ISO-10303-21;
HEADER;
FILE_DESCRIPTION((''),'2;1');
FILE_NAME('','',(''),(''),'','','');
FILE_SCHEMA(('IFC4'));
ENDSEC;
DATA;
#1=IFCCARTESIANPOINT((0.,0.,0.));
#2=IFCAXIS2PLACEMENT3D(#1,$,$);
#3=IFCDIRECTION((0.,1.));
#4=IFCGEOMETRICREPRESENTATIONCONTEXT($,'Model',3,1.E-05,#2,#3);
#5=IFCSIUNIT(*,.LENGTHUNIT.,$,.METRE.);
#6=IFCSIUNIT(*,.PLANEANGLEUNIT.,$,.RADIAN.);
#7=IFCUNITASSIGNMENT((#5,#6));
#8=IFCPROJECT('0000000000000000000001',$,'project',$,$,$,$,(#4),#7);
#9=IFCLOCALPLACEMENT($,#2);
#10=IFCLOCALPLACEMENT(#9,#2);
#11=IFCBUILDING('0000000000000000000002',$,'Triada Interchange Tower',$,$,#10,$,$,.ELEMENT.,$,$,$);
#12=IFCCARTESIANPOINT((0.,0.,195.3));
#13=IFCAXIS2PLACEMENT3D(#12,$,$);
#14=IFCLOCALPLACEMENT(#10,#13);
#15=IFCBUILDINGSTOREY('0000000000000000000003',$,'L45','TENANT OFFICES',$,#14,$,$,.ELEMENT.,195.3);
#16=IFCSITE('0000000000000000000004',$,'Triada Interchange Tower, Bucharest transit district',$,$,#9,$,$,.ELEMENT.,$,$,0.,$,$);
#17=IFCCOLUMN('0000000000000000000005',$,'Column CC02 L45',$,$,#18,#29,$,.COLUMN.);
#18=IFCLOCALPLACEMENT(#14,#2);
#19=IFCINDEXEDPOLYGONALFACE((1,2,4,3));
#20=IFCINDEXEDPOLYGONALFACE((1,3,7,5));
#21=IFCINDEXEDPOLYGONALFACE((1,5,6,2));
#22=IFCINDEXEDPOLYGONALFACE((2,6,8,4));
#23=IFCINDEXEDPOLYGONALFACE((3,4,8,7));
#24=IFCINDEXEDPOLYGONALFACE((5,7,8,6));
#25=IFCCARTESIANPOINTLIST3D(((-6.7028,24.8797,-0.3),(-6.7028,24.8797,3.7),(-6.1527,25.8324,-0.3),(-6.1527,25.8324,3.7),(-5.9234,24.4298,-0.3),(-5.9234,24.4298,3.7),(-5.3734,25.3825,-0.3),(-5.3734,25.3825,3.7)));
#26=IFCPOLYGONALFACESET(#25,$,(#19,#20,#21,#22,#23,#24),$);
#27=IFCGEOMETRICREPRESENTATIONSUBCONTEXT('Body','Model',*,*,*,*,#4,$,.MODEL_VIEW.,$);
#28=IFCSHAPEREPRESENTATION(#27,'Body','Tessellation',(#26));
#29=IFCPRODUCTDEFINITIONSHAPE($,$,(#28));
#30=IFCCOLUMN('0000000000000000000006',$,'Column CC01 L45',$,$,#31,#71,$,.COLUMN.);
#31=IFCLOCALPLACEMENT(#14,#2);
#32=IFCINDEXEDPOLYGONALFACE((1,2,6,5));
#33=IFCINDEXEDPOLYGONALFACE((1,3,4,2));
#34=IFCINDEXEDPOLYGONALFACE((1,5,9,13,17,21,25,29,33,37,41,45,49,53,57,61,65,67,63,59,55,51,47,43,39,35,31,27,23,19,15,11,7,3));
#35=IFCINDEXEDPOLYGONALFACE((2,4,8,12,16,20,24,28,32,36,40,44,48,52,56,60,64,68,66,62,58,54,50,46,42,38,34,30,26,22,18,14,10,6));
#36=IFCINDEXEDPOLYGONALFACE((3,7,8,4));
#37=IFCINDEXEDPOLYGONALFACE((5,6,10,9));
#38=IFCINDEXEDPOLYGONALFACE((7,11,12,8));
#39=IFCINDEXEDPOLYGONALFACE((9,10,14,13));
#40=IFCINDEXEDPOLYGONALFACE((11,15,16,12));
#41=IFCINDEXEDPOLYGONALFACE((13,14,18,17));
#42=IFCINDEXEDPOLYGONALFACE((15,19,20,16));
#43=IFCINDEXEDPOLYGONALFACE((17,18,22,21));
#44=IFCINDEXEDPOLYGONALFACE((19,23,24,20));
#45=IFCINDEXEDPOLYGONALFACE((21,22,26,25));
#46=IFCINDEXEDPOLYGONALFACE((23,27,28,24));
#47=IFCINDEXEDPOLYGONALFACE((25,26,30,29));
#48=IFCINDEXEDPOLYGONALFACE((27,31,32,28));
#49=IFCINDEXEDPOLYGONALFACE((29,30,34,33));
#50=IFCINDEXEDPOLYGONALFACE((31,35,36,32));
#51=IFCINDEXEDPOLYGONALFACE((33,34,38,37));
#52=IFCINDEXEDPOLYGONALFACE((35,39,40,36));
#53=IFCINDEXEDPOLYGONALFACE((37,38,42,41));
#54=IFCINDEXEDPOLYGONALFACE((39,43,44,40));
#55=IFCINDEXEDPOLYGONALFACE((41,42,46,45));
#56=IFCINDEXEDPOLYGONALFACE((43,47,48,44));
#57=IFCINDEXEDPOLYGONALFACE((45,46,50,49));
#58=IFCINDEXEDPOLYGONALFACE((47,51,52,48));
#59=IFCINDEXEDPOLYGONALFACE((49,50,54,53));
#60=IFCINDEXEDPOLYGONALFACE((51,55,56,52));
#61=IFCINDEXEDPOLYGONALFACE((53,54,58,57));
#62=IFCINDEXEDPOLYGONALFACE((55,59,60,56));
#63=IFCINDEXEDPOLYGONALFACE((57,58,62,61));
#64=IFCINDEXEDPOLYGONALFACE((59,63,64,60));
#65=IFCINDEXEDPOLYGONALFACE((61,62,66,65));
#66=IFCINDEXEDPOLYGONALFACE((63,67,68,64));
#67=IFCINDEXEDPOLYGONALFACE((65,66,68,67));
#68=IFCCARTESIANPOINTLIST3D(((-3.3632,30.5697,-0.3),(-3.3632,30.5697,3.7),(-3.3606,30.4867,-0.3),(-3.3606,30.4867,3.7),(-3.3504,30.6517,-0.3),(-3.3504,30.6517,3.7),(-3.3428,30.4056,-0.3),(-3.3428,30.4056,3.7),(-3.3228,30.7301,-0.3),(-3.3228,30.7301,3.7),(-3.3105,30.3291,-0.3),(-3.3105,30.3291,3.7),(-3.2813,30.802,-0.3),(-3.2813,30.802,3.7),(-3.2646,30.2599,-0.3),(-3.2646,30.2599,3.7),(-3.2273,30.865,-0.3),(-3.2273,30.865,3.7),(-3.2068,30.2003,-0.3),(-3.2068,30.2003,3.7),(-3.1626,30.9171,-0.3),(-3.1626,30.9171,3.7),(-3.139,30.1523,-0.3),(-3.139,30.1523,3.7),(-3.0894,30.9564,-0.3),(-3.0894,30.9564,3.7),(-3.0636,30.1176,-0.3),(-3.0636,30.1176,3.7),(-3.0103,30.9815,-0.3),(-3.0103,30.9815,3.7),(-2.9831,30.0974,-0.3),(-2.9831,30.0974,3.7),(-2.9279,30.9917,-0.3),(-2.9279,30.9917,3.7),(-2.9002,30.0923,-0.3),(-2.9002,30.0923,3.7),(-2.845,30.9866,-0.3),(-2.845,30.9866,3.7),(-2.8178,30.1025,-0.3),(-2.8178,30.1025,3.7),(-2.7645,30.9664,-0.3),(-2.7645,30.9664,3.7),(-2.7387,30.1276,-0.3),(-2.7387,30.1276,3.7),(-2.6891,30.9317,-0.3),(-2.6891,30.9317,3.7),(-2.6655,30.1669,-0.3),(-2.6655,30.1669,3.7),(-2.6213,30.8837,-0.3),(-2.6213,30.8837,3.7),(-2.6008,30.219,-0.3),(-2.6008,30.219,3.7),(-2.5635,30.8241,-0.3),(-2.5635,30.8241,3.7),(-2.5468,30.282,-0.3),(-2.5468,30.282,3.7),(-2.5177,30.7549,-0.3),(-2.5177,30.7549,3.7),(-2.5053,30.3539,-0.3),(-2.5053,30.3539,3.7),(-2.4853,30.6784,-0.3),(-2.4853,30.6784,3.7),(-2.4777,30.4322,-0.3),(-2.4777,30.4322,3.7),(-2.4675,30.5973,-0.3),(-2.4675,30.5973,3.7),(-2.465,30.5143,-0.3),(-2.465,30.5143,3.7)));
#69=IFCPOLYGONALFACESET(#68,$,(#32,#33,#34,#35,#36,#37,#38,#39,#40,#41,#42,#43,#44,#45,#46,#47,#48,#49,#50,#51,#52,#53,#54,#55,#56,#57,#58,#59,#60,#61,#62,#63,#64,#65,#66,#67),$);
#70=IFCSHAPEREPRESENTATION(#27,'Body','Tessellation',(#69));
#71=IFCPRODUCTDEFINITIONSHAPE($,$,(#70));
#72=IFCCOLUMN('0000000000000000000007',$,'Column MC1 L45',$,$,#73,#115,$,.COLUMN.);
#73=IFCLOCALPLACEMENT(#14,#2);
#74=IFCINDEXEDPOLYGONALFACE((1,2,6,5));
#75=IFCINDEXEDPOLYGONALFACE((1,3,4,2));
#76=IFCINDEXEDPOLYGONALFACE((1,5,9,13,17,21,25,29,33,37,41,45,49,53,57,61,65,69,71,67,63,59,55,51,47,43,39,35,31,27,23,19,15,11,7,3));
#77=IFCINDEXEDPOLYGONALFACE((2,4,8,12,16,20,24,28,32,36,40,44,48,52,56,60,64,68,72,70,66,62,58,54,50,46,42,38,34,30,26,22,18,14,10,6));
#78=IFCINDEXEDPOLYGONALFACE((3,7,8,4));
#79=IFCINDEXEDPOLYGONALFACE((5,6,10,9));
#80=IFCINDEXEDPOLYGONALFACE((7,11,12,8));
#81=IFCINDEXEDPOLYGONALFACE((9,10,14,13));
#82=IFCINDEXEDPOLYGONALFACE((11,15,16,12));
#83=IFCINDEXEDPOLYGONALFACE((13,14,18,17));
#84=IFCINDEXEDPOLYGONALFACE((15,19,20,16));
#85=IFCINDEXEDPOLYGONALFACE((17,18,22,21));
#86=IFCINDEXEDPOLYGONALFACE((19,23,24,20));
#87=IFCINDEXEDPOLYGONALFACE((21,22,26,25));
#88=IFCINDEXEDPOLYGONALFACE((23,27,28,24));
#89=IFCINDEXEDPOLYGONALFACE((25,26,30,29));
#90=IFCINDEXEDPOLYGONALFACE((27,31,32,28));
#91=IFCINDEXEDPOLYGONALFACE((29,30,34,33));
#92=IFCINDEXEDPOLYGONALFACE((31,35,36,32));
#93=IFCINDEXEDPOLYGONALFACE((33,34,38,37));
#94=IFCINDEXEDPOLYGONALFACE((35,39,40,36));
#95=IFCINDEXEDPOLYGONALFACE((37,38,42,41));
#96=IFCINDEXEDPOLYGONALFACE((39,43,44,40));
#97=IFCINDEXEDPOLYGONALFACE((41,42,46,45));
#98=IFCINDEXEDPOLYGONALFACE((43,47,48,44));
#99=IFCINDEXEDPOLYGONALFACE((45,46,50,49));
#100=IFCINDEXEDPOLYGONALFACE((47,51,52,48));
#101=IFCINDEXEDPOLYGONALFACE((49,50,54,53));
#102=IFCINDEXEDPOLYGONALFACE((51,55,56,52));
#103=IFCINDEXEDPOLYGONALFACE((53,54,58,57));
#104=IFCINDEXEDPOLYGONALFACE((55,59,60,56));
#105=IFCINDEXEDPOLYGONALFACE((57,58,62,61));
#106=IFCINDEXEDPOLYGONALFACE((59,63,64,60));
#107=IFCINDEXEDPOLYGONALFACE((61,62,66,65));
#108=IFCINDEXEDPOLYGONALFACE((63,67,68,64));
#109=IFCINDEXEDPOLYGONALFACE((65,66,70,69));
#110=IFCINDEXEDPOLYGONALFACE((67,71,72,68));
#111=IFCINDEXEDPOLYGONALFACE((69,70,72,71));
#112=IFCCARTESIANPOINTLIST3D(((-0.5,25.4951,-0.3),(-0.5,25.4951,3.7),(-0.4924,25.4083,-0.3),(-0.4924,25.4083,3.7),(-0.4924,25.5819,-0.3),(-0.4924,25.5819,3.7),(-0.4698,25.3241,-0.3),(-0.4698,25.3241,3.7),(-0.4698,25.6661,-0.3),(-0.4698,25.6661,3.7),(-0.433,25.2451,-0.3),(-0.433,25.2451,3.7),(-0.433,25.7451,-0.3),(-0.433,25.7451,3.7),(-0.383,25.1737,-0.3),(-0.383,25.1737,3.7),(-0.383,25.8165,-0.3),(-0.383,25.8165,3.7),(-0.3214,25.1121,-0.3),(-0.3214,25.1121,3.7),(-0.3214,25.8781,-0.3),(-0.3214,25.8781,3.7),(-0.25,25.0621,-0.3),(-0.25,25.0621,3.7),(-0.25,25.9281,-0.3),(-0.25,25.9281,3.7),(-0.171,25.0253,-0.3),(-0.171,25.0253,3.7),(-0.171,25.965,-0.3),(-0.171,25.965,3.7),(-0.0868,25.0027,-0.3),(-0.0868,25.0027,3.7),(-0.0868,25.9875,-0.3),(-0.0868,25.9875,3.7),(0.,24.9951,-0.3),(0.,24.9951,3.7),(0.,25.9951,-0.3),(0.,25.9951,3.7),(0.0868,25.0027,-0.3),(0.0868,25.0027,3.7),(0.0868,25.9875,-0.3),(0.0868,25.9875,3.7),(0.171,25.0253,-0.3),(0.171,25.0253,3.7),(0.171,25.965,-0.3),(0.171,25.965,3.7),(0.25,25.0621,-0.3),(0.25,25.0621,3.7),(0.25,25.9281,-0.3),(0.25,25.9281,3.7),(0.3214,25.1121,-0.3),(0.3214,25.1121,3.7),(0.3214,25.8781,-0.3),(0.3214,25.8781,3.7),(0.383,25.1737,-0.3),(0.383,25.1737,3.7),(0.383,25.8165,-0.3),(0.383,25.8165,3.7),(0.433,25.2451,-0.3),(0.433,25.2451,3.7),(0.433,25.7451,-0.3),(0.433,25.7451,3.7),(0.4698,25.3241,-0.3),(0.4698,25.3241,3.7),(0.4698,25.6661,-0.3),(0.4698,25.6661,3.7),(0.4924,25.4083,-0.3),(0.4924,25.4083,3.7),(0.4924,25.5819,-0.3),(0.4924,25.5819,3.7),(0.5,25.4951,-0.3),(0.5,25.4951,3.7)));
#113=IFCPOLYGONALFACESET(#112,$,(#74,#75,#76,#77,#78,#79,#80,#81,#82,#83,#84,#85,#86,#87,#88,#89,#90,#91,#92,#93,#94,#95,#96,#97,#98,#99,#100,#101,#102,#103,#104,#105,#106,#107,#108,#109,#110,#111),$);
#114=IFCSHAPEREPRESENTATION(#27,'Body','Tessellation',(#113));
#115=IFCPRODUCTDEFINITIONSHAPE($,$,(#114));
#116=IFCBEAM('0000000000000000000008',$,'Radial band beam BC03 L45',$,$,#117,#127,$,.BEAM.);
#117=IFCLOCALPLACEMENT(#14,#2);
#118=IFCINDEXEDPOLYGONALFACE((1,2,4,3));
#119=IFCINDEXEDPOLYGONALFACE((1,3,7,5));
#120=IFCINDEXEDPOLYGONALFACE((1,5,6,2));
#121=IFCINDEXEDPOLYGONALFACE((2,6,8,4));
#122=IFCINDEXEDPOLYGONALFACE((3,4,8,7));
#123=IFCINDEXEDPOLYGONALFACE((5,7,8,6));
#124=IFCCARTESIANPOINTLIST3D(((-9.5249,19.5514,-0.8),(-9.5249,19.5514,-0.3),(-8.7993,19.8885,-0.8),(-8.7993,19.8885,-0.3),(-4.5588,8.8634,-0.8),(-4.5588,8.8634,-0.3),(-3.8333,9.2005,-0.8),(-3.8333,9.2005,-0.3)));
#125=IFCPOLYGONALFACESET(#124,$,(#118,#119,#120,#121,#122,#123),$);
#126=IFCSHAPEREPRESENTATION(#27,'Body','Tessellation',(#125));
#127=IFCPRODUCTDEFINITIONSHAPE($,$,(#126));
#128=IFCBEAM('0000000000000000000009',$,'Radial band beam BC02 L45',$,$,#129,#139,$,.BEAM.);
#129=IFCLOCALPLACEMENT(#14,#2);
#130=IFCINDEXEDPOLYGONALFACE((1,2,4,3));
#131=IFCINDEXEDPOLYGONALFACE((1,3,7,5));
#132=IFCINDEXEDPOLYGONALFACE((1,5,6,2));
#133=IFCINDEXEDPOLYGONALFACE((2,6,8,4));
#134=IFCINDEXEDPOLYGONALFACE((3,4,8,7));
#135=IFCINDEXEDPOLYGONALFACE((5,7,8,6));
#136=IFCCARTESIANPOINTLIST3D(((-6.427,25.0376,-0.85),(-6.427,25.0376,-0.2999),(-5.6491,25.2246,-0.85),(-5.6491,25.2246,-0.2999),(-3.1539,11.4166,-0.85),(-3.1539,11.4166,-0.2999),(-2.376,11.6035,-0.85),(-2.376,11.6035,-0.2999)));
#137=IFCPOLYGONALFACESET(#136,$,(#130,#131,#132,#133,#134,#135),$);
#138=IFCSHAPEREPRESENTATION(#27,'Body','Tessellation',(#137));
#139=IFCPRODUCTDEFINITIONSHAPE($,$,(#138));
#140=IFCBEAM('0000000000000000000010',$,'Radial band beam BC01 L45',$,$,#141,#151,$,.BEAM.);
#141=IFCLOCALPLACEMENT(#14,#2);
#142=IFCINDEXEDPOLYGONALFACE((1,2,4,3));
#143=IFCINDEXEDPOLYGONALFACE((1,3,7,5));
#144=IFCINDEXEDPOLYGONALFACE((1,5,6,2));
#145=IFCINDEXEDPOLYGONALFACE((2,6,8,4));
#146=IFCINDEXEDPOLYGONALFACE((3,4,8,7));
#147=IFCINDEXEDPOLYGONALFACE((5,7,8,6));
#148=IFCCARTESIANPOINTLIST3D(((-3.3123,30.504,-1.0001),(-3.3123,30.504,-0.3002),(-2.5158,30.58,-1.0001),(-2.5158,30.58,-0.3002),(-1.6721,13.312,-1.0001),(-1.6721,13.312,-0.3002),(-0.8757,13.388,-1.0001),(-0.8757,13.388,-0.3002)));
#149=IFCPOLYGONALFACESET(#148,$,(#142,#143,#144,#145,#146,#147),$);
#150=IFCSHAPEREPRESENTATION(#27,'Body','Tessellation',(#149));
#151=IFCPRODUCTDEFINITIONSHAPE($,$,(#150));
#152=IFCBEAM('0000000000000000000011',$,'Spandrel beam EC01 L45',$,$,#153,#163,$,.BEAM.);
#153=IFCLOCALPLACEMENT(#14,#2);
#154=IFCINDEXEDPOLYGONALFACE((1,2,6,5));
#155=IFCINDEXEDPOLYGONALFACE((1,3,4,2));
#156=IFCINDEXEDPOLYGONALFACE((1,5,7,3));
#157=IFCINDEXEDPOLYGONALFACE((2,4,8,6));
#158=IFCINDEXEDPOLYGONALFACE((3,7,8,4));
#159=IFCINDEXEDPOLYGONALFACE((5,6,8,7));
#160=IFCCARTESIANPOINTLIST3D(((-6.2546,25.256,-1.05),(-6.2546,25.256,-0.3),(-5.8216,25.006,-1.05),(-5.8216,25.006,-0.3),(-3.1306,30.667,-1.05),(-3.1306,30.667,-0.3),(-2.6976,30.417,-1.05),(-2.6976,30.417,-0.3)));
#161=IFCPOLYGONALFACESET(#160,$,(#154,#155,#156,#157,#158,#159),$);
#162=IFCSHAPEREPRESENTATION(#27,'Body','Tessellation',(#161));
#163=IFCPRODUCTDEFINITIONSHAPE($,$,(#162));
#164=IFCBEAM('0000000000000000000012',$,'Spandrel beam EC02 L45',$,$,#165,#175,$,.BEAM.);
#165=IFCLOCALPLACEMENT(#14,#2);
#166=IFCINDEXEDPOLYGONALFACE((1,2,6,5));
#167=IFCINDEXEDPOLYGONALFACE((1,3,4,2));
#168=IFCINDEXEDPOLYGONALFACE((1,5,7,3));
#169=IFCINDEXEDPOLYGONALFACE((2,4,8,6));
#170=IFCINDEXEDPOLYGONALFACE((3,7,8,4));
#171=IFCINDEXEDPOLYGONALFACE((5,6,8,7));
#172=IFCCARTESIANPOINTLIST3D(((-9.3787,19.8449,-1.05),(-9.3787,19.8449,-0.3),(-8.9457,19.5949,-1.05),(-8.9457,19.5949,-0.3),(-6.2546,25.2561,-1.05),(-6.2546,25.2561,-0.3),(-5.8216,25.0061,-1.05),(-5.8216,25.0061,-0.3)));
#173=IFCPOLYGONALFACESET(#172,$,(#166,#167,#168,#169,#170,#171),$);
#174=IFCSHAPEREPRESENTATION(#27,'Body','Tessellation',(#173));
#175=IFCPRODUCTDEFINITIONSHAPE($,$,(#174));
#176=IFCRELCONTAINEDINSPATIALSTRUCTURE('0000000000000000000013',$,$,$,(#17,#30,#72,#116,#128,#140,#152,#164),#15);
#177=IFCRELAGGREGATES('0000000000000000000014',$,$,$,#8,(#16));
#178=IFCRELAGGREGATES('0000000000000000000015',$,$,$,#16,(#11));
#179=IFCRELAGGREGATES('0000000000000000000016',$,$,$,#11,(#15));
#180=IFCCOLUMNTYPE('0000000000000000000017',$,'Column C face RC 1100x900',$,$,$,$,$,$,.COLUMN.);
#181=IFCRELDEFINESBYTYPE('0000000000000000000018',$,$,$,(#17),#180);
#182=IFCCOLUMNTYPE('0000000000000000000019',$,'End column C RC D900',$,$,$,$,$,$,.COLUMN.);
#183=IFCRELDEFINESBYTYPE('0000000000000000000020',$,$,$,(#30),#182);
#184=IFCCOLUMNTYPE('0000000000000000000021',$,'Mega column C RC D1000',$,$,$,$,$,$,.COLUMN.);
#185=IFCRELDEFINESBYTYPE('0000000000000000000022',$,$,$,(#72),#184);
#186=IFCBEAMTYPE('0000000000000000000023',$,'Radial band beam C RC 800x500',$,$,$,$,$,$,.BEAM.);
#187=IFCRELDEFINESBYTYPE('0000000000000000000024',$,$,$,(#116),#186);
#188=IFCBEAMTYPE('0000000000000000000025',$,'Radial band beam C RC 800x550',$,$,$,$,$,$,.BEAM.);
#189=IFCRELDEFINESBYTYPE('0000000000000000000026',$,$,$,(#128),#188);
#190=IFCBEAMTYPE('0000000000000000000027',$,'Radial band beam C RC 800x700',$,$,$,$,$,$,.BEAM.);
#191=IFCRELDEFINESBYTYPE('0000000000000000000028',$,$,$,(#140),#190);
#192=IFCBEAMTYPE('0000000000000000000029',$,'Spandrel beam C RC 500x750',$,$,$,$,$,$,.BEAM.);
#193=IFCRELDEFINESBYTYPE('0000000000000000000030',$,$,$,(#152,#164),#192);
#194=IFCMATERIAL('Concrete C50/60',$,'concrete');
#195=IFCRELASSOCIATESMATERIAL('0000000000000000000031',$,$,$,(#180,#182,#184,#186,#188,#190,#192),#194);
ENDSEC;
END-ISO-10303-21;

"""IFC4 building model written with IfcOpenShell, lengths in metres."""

from ifc_helpers import new_model, si_unit, direction, frame, origin, origin_2d, place, context, subcontext, project, spatial, rectangle, circle, extrude, material, material_profile, profile_set, type_object, element, save


model = new_model("IFC4")

# Units and contexts
model_context = context("Model", 3, precision=1e-05, world=origin(), true_north=direction((0.0, 1.0)))
body_context = subcontext(model_context, "Body", "Model", "MODEL_VIEW")
ifc_project = project(units=[si_unit("LENGTHUNIT", "METRE"), si_unit("PLANEANGLEUNIT", "RADIAN")], contexts=[model_context])

# Site, building, storey
site_placement = place(None, origin())
site = spatial("IfcSite", under=ifc_project, at=site_placement, Name="Triada Interchange Tower, Bucharest transit district", CompositionType="ELEMENT", RefElevation=0.0)
building_placement = place(site_placement, origin())
building = spatial("IfcBuilding", under=site, at=building_placement, Name="Triada Interchange Tower", CompositionType="ELEMENT")
storey_placement = place(building_placement, frame((0.0, 0.0, 195.3)))
storey = spatial("IfcBuildingStorey", under=building, at=storey_placement, Name="L45", Description="TENANT OFFICES", CompositionType="ELEMENT", Elevation=195.3)

# Columns
ifc_material_1 = material(Name="Concrete C50/60", Category="concrete")
ifc_material_profile_1 = material_profile(ifc_material_1, rectangle(XDim=1.1001, YDim=0.8999, at=origin_2d()), Name="RC 1100x900")
ifc_profile_set_1 = profile_set([ifc_material_profile_1], Name="Concrete C50/60")
column_type_1 = type_object("IfcColumnType", Name="Column C face RC 1100x900", PredefinedType="COLUMN", material=ifc_profile_set_1)
column_1_placement = place(storey_placement, frame((-6.0381, 25.1311, -0.3), z_axis=(0.0, 0.0, 1.0), x_axis=(0.5, 0.866025, 0.0)))
element("IfcColumn", 1, at=column_1_placement, inside=storey, type_object=column_type_1, Name="Column CC02 L45", PredefinedType="COLUMN", context=body_context, shape_type="SweptSolid", body=[
    extrude(rectangle(XDim=1.1001, YDim=0.8999, at=origin_2d()), origin(), (0.0, 0.0, 1.0), 4.0),
])
ifc_material_profile_2 = material_profile(ifc_material_1, circle(Radius=0.45, at=origin_2d()), Name="RC D900")
ifc_profile_set_2 = profile_set([ifc_material_profile_2], Name="Concrete C50/60")
column_type_2 = type_object("IfcColumnType", Name="End column C RC D900", PredefinedType="COLUMN", material=ifc_profile_set_2)
column_2_placement = place(storey_placement, frame((-2.9141, 30.542, -0.3), z_axis=(0.0, 0.0, 1.0), x_axis=(0.5, 0.866025, 0.0)))
element("IfcColumn", 2, at=column_2_placement, inside=storey, type_object=column_type_2, Name="Column CC01 L45", PredefinedType="COLUMN", context=body_context, shape_type="SweptSolid", body=[
    extrude(circle(Radius=0.45, at=origin_2d()), origin(), (0.0, 0.0, 1.0), 4.0),
])
ifc_material_profile_3 = material_profile(ifc_material_1, circle(Radius=0.5, at=origin_2d()), Name="RC D1000")
ifc_profile_set_3 = profile_set([ifc_material_profile_3], Name="Concrete C50/60")
column_type_3 = type_object("IfcColumnType", Name="Mega column C RC D1000", PredefinedType="COLUMN", material=ifc_profile_set_3)
column_3_placement = place(storey_placement, frame((0.0, 25.4951, -0.3), z_axis=(0.0, 0.0, 1.0), x_axis=(1.0, 0.0, 0.0)))
element("IfcColumn", 3, at=column_3_placement, inside=storey, type_object=column_type_3, Name="Column MC1 L45", PredefinedType="COLUMN", context=body_context, shape_type="SweptSolid", body=[
    extrude(circle(Radius=0.5, at=origin_2d()), origin(), (0.0, 0.0, 1.0), 4.0),
])

# Beams
ifc_material_profile_4 = material_profile(ifc_material_1, rectangle(XDim=0.8, YDim=0.5, at=origin_2d()), Name="RC 800x500")
ifc_profile_set_4 = profile_set([ifc_material_profile_4], Name="Concrete C50/60")
beam_type_1 = type_object("IfcBeamType", Name="Radial band beam C RC 800x500", PredefinedType="BEAM", material=ifc_profile_set_4)
beam_1_placement = place(storey_placement, frame((-9.1621, 19.72, -0.55), z_axis=(0.421375, -0.906886, 0.0), x_axis=(0.906886, 0.421375, 0.0)))
element("IfcBeam", 4, at=beam_1_placement, inside=storey, type_object=beam_type_1, Name="Radial band beam BC03 L45", PredefinedType="BEAM", context=body_context, shape_type="SweptSolid", body=[
    extrude(rectangle(XDim=0.8, YDim=0.5, at=origin_2d()), origin(), (0.0, 0.0, 1.0), 11.7854),
])
ifc_material_profile_5 = material_profile(ifc_material_1, rectangle(XDim=0.8, YDim=0.55, at=origin_2d()), Name="RC 800x550")
ifc_profile_set_5 = profile_set([ifc_material_profile_5], Name="Concrete C50/60")
beam_type_2 = type_object("IfcBeamType", Name="Radial band beam C RC 800x550", PredefinedType="BEAM", material=ifc_profile_set_5)
beam_2_placement = place(storey_placement, frame((-6.0381, 25.1311, -0.575), z_axis=(0.233652, -0.97232, 0.0), x_axis=(0.97232, 0.233652, 0.0)))
element("IfcBeam", 5, at=beam_2_placement, inside=storey, type_object=beam_type_2, Name="Radial band beam BC02 L45", PredefinedType="BEAM", context=body_context, shape_type="SweptSolid", body=[
    extrude(rectangle(XDim=0.8, YDim=0.55, at=origin_2d()), origin(), (0.0, 0.0, 1.0), 14.0088),
])
ifc_material_profile_6 = material_profile(ifc_material_1, rectangle(XDim=0.8, YDim=0.7, at=origin_2d()), Name="RC 800x700")
ifc_profile_set_6 = profile_set([ifc_material_profile_6], Name="Concrete C50/60")
beam_type_3 = type_object("IfcBeamType", Name="Radial band beam C RC 800x700", PredefinedType="BEAM", material=ifc_profile_set_6)
beam_3_placement = place(storey_placement, frame((-2.9141, 30.542, -0.6501), z_axis=(0.094971, -0.99548, 0.0), x_axis=(0.99548, 0.094971, 0.0)))
element("IfcBeam", 6, at=beam_3_placement, inside=storey, type_object=beam_type_3, Name="Radial band beam BC01 L45", PredefinedType="BEAM", context=body_context, shape_type="SweptSolid", body=[
    extrude(rectangle(XDim=0.8, YDim=0.7, at=origin_2d()), origin(), (0.0, 0.0, 1.0), 17.27),
])
ifc_material_profile_7 = material_profile(ifc_material_1, rectangle(XDim=0.5, YDim=0.75, at=origin_2d()), Name="RC 500x750")
ifc_profile_set_7 = profile_set([ifc_material_profile_7], Name="Concrete C50/60")
beam_type_4 = type_object("IfcBeamType", Name="Spandrel beam C RC 500x750", PredefinedType="BEAM", material=ifc_profile_set_7)
beam_4_placement = place(storey_placement, frame((-2.9141, 30.542, -0.675), z_axis=(-0.500005, -0.866022, 0.0), x_axis=(0.866022, -0.500005, 0.0)))
element("IfcBeam", 7, at=beam_4_placement, inside=storey, type_object=beam_type_4, Name="Spandrel beam EC01 L45", PredefinedType="BEAM", context=body_context, shape_type="SweptSolid", body=[
    extrude(rectangle(XDim=0.5, YDim=0.75, at=origin_2d()), origin(), (0.0, 0.0, 1.0), 6.248),
])
beam_5_placement = place(storey_placement, frame((-6.0381, 25.1311, -0.675), z_axis=(-0.499989, -0.866032, 0.0), x_axis=(0.866032, -0.499989, 0.0)))
element("IfcBeam", 8, at=beam_5_placement, inside=storey, type_object=beam_type_4, Name="Spandrel beam EC02 L45", PredefinedType="BEAM", context=body_context, shape_type="SweptSolid", body=[
    extrude(rectangle(XDim=0.5, YDim=0.75, at=origin_2d()), origin(), (0.0, 0.0, 1.0), 6.2483),
])

save(model, "model.ifc")
